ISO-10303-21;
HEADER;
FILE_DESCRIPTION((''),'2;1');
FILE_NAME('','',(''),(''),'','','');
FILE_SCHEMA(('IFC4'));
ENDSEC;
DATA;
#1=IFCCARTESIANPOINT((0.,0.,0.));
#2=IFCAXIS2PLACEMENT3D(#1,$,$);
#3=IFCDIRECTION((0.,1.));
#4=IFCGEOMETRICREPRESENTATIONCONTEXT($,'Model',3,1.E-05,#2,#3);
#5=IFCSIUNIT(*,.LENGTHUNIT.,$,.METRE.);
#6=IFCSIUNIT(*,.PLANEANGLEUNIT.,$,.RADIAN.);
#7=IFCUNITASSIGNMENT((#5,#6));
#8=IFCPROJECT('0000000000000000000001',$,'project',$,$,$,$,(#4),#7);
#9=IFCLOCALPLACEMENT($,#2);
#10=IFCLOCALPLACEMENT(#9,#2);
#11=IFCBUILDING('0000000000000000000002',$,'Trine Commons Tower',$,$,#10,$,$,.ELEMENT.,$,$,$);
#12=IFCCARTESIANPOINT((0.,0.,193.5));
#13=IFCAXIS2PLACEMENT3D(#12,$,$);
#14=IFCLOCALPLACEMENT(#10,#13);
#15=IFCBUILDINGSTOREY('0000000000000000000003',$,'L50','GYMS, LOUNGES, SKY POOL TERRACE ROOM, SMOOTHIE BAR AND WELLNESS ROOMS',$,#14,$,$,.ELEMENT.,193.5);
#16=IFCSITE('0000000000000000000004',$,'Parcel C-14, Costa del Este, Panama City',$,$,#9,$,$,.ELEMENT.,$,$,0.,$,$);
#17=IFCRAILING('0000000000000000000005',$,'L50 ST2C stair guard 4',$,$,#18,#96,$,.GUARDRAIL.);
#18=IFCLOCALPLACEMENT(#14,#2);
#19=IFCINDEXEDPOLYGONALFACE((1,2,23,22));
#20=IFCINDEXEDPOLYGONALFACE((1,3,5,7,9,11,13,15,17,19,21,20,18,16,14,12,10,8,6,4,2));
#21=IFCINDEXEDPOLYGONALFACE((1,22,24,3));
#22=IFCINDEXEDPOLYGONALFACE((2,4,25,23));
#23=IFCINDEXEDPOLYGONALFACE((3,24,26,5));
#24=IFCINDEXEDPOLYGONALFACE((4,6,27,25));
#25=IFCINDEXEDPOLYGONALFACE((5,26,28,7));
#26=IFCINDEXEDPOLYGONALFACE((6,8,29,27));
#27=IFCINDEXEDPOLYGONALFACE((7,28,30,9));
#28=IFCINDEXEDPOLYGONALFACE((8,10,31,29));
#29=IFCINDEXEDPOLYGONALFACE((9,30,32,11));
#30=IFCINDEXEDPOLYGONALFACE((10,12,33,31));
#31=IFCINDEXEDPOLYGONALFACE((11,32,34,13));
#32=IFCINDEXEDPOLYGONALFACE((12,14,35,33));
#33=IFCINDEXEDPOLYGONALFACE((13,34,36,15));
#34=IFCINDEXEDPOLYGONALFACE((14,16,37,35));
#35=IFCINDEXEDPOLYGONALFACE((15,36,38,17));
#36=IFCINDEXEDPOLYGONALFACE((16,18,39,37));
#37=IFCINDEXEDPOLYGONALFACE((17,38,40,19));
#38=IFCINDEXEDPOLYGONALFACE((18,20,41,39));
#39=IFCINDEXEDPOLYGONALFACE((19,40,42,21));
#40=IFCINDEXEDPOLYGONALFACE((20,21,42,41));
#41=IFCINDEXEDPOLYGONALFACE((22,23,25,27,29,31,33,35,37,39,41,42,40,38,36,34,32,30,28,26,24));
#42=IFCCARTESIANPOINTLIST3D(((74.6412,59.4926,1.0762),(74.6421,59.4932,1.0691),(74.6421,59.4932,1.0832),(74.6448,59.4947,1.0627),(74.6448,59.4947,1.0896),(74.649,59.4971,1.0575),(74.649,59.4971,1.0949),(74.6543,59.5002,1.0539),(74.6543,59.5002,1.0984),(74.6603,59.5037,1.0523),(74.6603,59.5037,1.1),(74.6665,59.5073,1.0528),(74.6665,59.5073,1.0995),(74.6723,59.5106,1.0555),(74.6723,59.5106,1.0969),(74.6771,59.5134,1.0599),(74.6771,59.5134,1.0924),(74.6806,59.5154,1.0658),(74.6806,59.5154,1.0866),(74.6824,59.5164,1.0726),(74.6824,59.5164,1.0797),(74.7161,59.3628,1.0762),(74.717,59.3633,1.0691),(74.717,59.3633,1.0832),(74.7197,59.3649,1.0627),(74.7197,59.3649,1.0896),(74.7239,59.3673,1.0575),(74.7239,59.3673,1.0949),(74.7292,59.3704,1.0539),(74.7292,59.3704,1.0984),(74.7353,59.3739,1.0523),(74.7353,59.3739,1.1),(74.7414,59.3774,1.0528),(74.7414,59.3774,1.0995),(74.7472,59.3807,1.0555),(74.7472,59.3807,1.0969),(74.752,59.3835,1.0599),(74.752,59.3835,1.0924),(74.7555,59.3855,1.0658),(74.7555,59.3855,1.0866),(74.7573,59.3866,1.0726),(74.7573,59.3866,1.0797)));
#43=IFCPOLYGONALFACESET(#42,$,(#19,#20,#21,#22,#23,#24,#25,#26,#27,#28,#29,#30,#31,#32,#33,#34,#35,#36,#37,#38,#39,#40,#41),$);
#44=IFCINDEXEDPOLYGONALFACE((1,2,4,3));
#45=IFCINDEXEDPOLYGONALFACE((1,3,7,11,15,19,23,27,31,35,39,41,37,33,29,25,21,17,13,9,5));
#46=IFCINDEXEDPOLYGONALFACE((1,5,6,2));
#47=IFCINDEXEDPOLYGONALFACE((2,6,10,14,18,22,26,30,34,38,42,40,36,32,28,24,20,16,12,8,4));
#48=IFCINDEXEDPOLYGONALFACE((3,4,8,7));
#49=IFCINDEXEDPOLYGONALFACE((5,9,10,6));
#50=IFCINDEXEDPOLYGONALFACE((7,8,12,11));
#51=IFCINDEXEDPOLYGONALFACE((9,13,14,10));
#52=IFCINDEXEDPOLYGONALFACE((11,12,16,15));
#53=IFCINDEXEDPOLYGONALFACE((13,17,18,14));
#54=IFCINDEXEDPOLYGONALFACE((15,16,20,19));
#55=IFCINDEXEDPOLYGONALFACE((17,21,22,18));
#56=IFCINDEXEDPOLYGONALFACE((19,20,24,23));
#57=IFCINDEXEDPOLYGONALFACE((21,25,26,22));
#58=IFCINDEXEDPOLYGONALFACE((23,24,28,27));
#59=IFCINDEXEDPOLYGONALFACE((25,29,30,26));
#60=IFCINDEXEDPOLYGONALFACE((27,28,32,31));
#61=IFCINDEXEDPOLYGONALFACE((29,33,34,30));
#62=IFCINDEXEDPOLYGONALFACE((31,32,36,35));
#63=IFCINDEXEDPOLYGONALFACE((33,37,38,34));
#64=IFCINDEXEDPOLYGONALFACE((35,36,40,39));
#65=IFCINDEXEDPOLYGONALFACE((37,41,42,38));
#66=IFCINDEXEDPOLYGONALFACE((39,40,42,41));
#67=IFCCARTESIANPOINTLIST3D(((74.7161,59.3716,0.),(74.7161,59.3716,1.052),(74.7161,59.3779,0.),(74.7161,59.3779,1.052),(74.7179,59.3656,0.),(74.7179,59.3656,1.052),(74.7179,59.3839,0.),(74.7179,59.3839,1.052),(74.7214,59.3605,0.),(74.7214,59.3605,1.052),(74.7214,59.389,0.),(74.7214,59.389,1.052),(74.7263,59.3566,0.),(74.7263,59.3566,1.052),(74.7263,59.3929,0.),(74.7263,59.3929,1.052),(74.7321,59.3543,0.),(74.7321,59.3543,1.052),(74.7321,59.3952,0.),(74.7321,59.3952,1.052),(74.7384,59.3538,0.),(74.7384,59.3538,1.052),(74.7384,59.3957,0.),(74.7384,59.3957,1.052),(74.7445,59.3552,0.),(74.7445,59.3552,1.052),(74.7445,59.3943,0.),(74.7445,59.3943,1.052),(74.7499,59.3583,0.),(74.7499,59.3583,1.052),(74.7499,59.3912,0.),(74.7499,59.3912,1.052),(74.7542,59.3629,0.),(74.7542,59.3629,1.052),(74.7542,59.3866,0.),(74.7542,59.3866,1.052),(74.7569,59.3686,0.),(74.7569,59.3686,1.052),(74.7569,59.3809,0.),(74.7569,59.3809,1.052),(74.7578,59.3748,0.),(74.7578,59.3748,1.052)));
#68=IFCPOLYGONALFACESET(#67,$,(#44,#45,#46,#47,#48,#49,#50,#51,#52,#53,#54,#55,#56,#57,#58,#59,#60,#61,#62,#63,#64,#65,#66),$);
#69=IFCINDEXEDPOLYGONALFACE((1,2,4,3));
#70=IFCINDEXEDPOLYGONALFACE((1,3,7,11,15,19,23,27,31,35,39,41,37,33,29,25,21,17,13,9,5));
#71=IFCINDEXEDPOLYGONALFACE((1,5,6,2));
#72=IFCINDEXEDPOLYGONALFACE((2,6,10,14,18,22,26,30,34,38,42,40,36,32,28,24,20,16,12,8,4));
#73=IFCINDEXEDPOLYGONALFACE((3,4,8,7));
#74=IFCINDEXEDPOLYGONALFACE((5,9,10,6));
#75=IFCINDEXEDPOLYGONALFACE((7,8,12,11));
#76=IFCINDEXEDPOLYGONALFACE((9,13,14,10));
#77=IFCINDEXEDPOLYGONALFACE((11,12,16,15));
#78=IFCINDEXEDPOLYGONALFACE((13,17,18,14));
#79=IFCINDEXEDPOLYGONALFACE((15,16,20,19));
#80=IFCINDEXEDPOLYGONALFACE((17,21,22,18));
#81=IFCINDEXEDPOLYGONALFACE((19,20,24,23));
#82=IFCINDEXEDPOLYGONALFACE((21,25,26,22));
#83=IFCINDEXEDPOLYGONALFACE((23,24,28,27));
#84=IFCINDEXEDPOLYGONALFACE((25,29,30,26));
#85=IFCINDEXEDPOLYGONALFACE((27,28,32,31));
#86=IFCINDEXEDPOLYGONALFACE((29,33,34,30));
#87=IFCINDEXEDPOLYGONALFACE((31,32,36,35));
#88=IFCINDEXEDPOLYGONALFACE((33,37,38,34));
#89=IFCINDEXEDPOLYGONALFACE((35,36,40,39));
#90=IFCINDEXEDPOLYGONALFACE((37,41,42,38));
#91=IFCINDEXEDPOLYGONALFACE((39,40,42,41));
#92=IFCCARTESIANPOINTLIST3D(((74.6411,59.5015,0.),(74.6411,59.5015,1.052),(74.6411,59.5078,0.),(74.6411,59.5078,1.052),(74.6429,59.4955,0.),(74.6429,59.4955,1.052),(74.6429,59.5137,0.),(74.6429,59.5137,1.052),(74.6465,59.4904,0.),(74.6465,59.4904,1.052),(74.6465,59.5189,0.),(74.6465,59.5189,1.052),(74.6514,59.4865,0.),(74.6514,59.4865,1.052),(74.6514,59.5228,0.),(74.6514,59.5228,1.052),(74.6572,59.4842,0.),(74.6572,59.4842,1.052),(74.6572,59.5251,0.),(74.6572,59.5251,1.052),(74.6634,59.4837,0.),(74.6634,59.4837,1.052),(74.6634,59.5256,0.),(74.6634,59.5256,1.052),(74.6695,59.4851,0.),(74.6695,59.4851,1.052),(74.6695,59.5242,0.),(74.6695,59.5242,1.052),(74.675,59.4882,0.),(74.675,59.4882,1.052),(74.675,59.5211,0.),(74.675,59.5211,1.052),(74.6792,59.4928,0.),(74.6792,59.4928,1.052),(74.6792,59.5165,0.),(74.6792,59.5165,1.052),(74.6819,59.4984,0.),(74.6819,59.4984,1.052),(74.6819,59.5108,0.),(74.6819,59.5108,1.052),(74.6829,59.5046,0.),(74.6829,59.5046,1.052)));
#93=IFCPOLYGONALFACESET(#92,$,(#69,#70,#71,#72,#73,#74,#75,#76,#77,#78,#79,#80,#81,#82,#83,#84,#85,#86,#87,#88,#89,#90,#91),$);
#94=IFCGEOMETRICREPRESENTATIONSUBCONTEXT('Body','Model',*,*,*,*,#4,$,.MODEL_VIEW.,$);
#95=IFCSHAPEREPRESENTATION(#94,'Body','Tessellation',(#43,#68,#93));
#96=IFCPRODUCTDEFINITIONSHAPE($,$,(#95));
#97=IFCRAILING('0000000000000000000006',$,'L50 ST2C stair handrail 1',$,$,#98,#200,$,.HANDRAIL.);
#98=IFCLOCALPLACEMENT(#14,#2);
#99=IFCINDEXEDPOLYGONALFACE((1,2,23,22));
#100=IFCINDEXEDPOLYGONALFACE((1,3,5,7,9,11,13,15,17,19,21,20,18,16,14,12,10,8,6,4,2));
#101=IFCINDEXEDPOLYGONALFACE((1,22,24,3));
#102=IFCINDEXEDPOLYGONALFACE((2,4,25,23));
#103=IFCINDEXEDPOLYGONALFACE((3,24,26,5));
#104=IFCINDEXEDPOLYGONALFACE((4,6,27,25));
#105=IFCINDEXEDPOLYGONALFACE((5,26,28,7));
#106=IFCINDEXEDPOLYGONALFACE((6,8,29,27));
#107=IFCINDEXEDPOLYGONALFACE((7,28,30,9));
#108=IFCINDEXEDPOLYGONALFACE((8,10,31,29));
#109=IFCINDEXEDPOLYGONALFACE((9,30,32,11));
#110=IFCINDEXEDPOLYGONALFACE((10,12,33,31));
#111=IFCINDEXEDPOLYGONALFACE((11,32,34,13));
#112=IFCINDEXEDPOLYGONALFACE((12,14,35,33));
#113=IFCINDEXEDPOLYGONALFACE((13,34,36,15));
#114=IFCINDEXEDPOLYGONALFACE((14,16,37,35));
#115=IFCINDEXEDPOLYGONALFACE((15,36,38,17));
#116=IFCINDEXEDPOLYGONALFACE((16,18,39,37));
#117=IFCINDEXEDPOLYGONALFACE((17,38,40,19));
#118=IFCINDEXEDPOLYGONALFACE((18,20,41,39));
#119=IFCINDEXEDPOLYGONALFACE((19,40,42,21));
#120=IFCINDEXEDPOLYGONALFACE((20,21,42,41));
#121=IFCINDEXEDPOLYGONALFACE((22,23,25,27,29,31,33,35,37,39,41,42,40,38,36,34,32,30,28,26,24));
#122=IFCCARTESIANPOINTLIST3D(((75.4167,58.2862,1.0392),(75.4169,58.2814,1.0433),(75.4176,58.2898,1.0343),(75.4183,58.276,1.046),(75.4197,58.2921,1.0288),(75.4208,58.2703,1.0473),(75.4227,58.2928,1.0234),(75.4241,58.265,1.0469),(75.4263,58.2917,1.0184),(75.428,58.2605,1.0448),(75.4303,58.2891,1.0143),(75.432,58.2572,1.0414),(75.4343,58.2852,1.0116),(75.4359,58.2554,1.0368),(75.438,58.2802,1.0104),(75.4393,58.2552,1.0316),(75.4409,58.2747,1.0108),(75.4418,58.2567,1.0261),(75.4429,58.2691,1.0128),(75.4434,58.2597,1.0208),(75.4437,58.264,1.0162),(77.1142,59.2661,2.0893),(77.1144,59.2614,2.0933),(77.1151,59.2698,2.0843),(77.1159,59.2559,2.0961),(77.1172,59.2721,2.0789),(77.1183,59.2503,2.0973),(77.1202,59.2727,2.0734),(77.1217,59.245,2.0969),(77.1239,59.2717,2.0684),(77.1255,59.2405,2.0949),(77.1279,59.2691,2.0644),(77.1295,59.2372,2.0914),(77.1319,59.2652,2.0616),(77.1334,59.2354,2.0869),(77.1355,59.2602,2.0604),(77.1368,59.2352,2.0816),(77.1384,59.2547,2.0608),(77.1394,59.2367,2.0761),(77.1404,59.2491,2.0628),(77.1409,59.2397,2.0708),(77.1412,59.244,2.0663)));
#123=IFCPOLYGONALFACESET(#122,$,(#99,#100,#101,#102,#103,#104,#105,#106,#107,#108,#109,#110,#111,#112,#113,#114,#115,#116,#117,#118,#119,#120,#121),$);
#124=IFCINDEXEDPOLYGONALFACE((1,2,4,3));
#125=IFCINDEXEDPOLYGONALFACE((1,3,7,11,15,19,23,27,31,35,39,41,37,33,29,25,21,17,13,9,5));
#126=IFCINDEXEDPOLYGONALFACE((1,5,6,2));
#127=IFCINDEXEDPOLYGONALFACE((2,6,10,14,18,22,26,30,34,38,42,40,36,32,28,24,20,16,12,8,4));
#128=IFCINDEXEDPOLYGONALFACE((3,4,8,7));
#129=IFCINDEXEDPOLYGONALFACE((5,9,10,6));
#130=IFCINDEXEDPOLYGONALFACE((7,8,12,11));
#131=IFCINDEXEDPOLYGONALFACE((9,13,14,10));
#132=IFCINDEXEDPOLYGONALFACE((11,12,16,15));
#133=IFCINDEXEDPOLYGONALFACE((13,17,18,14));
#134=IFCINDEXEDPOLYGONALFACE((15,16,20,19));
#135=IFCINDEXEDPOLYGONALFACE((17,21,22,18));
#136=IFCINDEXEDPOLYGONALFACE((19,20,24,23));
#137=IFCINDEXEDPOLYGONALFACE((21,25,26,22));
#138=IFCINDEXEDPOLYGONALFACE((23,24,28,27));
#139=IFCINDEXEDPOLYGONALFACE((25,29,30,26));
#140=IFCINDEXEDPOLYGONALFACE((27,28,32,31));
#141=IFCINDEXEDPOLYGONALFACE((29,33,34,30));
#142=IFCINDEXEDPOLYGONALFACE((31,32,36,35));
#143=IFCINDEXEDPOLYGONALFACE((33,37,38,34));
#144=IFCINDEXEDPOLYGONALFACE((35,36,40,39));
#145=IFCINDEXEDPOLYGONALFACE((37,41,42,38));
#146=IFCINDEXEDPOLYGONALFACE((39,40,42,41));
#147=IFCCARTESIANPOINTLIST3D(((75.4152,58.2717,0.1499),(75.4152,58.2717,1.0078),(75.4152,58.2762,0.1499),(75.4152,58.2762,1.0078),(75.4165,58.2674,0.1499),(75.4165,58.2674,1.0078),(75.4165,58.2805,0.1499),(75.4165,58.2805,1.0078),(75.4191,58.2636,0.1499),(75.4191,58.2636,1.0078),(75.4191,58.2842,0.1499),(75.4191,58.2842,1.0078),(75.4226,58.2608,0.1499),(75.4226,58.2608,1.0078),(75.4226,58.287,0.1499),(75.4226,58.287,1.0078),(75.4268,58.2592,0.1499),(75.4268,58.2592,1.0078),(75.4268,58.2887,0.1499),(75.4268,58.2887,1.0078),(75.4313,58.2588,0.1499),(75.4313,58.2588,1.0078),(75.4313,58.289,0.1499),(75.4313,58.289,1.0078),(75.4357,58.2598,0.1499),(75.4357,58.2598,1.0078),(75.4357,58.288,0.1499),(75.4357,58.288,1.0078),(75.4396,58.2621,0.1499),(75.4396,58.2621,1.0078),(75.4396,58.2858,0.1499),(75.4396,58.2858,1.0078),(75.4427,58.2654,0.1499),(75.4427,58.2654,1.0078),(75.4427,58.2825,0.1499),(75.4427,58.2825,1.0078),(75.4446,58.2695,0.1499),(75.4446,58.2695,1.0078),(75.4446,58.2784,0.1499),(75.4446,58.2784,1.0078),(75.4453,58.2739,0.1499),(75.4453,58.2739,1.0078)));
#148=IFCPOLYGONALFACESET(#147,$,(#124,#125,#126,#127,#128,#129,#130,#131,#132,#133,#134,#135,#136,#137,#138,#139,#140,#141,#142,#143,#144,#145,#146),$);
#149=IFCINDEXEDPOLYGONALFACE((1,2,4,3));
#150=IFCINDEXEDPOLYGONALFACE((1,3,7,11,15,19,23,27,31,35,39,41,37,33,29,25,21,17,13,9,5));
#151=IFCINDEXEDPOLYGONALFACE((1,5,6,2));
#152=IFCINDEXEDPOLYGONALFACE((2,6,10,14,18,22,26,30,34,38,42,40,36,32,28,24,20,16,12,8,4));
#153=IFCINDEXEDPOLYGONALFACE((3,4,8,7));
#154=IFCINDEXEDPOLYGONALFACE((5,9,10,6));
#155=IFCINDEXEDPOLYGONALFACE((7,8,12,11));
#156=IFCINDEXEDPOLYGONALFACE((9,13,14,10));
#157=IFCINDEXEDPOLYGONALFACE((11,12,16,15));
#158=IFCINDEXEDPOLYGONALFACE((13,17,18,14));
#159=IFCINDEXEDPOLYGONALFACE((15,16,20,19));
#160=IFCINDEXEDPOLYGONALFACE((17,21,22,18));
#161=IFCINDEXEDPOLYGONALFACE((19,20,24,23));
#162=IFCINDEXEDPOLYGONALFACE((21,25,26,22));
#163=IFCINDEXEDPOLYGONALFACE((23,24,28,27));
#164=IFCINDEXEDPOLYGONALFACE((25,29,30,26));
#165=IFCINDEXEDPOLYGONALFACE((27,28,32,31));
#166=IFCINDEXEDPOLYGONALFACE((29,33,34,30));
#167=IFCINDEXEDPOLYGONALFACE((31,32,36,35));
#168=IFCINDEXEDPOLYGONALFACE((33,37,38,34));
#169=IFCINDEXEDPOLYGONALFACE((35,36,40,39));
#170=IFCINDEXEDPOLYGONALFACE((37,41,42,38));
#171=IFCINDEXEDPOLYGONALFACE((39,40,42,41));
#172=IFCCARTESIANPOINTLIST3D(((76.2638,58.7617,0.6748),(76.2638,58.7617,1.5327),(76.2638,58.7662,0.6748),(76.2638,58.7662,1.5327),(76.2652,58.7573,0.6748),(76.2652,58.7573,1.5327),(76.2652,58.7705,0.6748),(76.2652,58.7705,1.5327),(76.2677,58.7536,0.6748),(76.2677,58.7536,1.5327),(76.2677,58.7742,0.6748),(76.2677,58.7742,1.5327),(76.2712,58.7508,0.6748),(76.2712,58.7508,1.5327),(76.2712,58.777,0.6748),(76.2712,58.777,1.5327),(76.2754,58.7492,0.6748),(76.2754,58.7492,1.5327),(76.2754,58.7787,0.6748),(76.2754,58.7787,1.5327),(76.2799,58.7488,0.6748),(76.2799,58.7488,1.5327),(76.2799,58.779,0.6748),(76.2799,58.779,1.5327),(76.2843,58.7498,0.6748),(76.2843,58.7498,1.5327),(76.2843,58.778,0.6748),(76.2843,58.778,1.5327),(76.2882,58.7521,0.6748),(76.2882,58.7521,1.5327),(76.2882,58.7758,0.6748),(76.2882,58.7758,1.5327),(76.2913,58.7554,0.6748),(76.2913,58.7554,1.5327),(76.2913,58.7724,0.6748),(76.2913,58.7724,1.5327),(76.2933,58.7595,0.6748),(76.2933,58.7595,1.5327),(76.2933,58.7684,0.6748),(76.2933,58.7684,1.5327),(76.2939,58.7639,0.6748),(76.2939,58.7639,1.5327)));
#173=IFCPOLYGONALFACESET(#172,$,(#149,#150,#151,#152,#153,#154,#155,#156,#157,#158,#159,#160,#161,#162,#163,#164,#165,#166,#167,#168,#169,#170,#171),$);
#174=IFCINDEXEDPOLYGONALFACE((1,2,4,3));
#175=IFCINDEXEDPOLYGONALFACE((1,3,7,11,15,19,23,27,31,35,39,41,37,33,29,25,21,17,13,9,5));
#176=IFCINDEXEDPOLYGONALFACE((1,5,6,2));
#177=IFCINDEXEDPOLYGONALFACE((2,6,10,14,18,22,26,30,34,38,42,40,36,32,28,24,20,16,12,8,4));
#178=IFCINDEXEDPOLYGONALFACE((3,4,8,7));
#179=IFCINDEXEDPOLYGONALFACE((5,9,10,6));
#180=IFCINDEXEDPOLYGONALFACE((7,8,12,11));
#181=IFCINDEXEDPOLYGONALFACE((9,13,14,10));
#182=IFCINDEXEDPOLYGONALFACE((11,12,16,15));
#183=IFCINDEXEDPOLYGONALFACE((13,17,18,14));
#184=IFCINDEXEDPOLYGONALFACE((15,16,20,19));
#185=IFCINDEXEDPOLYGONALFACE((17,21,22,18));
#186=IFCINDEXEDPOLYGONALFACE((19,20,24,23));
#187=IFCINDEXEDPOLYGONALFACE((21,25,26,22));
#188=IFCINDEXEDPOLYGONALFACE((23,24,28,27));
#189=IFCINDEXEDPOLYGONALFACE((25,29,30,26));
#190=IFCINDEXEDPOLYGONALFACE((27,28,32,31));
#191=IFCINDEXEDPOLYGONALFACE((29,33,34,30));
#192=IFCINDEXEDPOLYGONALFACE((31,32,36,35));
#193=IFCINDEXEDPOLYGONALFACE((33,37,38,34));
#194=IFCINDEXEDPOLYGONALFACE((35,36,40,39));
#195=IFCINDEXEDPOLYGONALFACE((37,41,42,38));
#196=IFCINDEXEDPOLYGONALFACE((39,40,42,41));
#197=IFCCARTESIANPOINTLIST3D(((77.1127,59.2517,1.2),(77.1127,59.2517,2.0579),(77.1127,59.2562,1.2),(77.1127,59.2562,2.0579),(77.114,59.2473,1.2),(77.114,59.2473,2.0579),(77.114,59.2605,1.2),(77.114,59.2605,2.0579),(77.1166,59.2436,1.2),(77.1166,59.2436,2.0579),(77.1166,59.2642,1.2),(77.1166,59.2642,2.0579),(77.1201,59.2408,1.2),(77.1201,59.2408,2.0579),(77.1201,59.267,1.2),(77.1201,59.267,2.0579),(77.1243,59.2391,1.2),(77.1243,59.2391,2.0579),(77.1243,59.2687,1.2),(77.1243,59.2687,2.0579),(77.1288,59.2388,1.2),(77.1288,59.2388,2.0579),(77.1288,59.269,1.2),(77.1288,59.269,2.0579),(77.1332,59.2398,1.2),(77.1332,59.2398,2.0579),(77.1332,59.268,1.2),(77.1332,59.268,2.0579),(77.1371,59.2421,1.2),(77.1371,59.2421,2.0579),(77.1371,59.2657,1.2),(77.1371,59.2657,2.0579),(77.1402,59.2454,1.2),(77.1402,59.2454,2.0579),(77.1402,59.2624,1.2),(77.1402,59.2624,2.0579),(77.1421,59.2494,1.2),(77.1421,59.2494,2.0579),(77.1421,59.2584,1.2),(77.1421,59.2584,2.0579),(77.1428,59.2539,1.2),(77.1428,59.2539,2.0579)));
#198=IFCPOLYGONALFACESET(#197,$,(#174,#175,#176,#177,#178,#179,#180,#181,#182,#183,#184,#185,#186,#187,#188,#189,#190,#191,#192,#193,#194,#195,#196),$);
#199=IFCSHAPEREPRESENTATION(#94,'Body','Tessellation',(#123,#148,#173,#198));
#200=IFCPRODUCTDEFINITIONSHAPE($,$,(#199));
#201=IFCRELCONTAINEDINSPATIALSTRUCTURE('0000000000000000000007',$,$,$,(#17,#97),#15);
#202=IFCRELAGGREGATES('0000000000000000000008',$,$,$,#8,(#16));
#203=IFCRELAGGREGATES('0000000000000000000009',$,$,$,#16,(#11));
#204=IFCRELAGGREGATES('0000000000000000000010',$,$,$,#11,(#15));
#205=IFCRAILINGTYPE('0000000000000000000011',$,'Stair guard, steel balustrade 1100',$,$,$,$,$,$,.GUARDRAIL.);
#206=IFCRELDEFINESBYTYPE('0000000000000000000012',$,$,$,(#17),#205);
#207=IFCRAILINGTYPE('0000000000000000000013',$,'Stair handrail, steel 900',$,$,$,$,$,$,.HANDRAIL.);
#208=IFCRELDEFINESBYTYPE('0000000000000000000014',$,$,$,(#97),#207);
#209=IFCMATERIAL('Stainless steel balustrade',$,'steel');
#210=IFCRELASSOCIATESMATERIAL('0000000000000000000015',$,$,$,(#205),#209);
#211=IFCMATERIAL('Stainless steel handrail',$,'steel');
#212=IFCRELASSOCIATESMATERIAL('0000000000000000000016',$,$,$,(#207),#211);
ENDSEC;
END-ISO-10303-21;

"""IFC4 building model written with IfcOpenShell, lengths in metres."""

from ifc_helpers import new_model, si_unit, direction, frame, origin, origin_2d, place, context, subcontext, project, spatial, circle, extrude, material, type_object, element, save


model = new_model("IFC4")

# Units and contexts
model_context = context("Model", 3, precision=1e-05, world=origin(), true_north=direction((0.0, 1.0)))
body_context = subcontext(model_context, "Body", "Model", "MODEL_VIEW")
ifc_project = project(units=[si_unit("LENGTHUNIT", "METRE"), si_unit("PLANEANGLEUNIT", "RADIAN")], contexts=[model_context])

# Site, building, storey
site_placement = place(None, origin())
site = spatial("IfcSite", under=ifc_project, at=site_placement, Name="Parcel C-14, Costa del Este, Panama City", CompositionType="ELEMENT", RefElevation=0.0)
building_placement = place(site_placement, origin())
building = spatial("IfcBuilding", under=site, at=building_placement, Name="Trine Commons Tower", CompositionType="ELEMENT")
storey_placement = place(building_placement, frame((0.0, 0.0, 193.5)))
storey = spatial("IfcBuildingStorey", under=building, at=storey_placement, Name="L50", Description="GYMS, LOUNGES, SKY POOL TERRACE ROOM, SMOOTHIE BAR AND WELLNESS ROOMS", CompositionType="ELEMENT", Elevation=193.5)

# Railings
ifc_material_1 = material(Name="Stainless steel balustrade", Category="steel")
railing_type_1 = type_object("IfcRailingType", Name="Stair guard, steel balustrade 1100", PredefinedType="GUARDRAIL", material=ifc_material_1)
railing_1_placement = place(storey_placement, frame((74.7368, 59.3748, 0.0)))
element("IfcRailing", 1, at=railing_1_placement, inside=storey, type_object=railing_type_1, Name="L50 ST2C stair guard 4", PredefinedType="GUARDRAIL", context=body_context, shape_type="SweptSolid", body=[
    extrude(circle(Radius=0.0239, at=origin_2d()), frame((0.0, 0.0, 1.0762), z_axis=(-0.499816, 0.866131, 0.0), x_axis=(-0.866131, -0.499816, 0.0)), (0.0, 0.0, 1.0), 0.1499),
    extrude(circle(Radius=0.021, at=origin_2d()), origin(), (0.0, 0.0, 1.0), 1.052),
    extrude(circle(Radius=0.021, at=origin_2d()), frame((-0.075, 0.1299, 0.0)), (0.0, 0.0, 1.0), 1.052),
])
ifc_material_2 = material(Name="Stainless steel handrail", Category="steel")
railing_type_2 = type_object("IfcRailingType", Name="Stair handrail, steel 900", PredefinedType="HANDRAIL", material=ifc_material_2)
railing_2_placement = place(storey_placement, frame((75.4302, 58.2739, 0.1499)))
element("IfcRailing", 2, at=railing_2_placement, inside=storey, type_object=railing_type_2, Name="L50 ST2C stair handrail 1", PredefinedType="HANDRAIL", context=body_context, shape_type="SweptSolid", body=[
    extrude(circle(Radius=0.021, at=origin_2d()), frame((0.0, 0.0, 0.8789), z_axis=(0.763398, 0.440713, 0.472224), x_axis=(-0.49997, 0.866042, 0.0)), (0.0, 0.0, 1.0), 2.2236),
    extrude(circle(Radius=0.0151, at=origin_2d()), origin(), (0.0, 0.0, 1.0), 0.8579),
    extrude(circle(Radius=0.0151, at=origin_2d()), frame((0.8486, 0.49, 0.5249)), (0.0, 0.0, 1.0), 0.8579),
    extrude(circle(Radius=0.0151, at=origin_2d()), frame((1.6975, 0.98, 1.05)), (0.0, 0.0, 1.0), 0.8579),
])

save(model, "model.ifc")
